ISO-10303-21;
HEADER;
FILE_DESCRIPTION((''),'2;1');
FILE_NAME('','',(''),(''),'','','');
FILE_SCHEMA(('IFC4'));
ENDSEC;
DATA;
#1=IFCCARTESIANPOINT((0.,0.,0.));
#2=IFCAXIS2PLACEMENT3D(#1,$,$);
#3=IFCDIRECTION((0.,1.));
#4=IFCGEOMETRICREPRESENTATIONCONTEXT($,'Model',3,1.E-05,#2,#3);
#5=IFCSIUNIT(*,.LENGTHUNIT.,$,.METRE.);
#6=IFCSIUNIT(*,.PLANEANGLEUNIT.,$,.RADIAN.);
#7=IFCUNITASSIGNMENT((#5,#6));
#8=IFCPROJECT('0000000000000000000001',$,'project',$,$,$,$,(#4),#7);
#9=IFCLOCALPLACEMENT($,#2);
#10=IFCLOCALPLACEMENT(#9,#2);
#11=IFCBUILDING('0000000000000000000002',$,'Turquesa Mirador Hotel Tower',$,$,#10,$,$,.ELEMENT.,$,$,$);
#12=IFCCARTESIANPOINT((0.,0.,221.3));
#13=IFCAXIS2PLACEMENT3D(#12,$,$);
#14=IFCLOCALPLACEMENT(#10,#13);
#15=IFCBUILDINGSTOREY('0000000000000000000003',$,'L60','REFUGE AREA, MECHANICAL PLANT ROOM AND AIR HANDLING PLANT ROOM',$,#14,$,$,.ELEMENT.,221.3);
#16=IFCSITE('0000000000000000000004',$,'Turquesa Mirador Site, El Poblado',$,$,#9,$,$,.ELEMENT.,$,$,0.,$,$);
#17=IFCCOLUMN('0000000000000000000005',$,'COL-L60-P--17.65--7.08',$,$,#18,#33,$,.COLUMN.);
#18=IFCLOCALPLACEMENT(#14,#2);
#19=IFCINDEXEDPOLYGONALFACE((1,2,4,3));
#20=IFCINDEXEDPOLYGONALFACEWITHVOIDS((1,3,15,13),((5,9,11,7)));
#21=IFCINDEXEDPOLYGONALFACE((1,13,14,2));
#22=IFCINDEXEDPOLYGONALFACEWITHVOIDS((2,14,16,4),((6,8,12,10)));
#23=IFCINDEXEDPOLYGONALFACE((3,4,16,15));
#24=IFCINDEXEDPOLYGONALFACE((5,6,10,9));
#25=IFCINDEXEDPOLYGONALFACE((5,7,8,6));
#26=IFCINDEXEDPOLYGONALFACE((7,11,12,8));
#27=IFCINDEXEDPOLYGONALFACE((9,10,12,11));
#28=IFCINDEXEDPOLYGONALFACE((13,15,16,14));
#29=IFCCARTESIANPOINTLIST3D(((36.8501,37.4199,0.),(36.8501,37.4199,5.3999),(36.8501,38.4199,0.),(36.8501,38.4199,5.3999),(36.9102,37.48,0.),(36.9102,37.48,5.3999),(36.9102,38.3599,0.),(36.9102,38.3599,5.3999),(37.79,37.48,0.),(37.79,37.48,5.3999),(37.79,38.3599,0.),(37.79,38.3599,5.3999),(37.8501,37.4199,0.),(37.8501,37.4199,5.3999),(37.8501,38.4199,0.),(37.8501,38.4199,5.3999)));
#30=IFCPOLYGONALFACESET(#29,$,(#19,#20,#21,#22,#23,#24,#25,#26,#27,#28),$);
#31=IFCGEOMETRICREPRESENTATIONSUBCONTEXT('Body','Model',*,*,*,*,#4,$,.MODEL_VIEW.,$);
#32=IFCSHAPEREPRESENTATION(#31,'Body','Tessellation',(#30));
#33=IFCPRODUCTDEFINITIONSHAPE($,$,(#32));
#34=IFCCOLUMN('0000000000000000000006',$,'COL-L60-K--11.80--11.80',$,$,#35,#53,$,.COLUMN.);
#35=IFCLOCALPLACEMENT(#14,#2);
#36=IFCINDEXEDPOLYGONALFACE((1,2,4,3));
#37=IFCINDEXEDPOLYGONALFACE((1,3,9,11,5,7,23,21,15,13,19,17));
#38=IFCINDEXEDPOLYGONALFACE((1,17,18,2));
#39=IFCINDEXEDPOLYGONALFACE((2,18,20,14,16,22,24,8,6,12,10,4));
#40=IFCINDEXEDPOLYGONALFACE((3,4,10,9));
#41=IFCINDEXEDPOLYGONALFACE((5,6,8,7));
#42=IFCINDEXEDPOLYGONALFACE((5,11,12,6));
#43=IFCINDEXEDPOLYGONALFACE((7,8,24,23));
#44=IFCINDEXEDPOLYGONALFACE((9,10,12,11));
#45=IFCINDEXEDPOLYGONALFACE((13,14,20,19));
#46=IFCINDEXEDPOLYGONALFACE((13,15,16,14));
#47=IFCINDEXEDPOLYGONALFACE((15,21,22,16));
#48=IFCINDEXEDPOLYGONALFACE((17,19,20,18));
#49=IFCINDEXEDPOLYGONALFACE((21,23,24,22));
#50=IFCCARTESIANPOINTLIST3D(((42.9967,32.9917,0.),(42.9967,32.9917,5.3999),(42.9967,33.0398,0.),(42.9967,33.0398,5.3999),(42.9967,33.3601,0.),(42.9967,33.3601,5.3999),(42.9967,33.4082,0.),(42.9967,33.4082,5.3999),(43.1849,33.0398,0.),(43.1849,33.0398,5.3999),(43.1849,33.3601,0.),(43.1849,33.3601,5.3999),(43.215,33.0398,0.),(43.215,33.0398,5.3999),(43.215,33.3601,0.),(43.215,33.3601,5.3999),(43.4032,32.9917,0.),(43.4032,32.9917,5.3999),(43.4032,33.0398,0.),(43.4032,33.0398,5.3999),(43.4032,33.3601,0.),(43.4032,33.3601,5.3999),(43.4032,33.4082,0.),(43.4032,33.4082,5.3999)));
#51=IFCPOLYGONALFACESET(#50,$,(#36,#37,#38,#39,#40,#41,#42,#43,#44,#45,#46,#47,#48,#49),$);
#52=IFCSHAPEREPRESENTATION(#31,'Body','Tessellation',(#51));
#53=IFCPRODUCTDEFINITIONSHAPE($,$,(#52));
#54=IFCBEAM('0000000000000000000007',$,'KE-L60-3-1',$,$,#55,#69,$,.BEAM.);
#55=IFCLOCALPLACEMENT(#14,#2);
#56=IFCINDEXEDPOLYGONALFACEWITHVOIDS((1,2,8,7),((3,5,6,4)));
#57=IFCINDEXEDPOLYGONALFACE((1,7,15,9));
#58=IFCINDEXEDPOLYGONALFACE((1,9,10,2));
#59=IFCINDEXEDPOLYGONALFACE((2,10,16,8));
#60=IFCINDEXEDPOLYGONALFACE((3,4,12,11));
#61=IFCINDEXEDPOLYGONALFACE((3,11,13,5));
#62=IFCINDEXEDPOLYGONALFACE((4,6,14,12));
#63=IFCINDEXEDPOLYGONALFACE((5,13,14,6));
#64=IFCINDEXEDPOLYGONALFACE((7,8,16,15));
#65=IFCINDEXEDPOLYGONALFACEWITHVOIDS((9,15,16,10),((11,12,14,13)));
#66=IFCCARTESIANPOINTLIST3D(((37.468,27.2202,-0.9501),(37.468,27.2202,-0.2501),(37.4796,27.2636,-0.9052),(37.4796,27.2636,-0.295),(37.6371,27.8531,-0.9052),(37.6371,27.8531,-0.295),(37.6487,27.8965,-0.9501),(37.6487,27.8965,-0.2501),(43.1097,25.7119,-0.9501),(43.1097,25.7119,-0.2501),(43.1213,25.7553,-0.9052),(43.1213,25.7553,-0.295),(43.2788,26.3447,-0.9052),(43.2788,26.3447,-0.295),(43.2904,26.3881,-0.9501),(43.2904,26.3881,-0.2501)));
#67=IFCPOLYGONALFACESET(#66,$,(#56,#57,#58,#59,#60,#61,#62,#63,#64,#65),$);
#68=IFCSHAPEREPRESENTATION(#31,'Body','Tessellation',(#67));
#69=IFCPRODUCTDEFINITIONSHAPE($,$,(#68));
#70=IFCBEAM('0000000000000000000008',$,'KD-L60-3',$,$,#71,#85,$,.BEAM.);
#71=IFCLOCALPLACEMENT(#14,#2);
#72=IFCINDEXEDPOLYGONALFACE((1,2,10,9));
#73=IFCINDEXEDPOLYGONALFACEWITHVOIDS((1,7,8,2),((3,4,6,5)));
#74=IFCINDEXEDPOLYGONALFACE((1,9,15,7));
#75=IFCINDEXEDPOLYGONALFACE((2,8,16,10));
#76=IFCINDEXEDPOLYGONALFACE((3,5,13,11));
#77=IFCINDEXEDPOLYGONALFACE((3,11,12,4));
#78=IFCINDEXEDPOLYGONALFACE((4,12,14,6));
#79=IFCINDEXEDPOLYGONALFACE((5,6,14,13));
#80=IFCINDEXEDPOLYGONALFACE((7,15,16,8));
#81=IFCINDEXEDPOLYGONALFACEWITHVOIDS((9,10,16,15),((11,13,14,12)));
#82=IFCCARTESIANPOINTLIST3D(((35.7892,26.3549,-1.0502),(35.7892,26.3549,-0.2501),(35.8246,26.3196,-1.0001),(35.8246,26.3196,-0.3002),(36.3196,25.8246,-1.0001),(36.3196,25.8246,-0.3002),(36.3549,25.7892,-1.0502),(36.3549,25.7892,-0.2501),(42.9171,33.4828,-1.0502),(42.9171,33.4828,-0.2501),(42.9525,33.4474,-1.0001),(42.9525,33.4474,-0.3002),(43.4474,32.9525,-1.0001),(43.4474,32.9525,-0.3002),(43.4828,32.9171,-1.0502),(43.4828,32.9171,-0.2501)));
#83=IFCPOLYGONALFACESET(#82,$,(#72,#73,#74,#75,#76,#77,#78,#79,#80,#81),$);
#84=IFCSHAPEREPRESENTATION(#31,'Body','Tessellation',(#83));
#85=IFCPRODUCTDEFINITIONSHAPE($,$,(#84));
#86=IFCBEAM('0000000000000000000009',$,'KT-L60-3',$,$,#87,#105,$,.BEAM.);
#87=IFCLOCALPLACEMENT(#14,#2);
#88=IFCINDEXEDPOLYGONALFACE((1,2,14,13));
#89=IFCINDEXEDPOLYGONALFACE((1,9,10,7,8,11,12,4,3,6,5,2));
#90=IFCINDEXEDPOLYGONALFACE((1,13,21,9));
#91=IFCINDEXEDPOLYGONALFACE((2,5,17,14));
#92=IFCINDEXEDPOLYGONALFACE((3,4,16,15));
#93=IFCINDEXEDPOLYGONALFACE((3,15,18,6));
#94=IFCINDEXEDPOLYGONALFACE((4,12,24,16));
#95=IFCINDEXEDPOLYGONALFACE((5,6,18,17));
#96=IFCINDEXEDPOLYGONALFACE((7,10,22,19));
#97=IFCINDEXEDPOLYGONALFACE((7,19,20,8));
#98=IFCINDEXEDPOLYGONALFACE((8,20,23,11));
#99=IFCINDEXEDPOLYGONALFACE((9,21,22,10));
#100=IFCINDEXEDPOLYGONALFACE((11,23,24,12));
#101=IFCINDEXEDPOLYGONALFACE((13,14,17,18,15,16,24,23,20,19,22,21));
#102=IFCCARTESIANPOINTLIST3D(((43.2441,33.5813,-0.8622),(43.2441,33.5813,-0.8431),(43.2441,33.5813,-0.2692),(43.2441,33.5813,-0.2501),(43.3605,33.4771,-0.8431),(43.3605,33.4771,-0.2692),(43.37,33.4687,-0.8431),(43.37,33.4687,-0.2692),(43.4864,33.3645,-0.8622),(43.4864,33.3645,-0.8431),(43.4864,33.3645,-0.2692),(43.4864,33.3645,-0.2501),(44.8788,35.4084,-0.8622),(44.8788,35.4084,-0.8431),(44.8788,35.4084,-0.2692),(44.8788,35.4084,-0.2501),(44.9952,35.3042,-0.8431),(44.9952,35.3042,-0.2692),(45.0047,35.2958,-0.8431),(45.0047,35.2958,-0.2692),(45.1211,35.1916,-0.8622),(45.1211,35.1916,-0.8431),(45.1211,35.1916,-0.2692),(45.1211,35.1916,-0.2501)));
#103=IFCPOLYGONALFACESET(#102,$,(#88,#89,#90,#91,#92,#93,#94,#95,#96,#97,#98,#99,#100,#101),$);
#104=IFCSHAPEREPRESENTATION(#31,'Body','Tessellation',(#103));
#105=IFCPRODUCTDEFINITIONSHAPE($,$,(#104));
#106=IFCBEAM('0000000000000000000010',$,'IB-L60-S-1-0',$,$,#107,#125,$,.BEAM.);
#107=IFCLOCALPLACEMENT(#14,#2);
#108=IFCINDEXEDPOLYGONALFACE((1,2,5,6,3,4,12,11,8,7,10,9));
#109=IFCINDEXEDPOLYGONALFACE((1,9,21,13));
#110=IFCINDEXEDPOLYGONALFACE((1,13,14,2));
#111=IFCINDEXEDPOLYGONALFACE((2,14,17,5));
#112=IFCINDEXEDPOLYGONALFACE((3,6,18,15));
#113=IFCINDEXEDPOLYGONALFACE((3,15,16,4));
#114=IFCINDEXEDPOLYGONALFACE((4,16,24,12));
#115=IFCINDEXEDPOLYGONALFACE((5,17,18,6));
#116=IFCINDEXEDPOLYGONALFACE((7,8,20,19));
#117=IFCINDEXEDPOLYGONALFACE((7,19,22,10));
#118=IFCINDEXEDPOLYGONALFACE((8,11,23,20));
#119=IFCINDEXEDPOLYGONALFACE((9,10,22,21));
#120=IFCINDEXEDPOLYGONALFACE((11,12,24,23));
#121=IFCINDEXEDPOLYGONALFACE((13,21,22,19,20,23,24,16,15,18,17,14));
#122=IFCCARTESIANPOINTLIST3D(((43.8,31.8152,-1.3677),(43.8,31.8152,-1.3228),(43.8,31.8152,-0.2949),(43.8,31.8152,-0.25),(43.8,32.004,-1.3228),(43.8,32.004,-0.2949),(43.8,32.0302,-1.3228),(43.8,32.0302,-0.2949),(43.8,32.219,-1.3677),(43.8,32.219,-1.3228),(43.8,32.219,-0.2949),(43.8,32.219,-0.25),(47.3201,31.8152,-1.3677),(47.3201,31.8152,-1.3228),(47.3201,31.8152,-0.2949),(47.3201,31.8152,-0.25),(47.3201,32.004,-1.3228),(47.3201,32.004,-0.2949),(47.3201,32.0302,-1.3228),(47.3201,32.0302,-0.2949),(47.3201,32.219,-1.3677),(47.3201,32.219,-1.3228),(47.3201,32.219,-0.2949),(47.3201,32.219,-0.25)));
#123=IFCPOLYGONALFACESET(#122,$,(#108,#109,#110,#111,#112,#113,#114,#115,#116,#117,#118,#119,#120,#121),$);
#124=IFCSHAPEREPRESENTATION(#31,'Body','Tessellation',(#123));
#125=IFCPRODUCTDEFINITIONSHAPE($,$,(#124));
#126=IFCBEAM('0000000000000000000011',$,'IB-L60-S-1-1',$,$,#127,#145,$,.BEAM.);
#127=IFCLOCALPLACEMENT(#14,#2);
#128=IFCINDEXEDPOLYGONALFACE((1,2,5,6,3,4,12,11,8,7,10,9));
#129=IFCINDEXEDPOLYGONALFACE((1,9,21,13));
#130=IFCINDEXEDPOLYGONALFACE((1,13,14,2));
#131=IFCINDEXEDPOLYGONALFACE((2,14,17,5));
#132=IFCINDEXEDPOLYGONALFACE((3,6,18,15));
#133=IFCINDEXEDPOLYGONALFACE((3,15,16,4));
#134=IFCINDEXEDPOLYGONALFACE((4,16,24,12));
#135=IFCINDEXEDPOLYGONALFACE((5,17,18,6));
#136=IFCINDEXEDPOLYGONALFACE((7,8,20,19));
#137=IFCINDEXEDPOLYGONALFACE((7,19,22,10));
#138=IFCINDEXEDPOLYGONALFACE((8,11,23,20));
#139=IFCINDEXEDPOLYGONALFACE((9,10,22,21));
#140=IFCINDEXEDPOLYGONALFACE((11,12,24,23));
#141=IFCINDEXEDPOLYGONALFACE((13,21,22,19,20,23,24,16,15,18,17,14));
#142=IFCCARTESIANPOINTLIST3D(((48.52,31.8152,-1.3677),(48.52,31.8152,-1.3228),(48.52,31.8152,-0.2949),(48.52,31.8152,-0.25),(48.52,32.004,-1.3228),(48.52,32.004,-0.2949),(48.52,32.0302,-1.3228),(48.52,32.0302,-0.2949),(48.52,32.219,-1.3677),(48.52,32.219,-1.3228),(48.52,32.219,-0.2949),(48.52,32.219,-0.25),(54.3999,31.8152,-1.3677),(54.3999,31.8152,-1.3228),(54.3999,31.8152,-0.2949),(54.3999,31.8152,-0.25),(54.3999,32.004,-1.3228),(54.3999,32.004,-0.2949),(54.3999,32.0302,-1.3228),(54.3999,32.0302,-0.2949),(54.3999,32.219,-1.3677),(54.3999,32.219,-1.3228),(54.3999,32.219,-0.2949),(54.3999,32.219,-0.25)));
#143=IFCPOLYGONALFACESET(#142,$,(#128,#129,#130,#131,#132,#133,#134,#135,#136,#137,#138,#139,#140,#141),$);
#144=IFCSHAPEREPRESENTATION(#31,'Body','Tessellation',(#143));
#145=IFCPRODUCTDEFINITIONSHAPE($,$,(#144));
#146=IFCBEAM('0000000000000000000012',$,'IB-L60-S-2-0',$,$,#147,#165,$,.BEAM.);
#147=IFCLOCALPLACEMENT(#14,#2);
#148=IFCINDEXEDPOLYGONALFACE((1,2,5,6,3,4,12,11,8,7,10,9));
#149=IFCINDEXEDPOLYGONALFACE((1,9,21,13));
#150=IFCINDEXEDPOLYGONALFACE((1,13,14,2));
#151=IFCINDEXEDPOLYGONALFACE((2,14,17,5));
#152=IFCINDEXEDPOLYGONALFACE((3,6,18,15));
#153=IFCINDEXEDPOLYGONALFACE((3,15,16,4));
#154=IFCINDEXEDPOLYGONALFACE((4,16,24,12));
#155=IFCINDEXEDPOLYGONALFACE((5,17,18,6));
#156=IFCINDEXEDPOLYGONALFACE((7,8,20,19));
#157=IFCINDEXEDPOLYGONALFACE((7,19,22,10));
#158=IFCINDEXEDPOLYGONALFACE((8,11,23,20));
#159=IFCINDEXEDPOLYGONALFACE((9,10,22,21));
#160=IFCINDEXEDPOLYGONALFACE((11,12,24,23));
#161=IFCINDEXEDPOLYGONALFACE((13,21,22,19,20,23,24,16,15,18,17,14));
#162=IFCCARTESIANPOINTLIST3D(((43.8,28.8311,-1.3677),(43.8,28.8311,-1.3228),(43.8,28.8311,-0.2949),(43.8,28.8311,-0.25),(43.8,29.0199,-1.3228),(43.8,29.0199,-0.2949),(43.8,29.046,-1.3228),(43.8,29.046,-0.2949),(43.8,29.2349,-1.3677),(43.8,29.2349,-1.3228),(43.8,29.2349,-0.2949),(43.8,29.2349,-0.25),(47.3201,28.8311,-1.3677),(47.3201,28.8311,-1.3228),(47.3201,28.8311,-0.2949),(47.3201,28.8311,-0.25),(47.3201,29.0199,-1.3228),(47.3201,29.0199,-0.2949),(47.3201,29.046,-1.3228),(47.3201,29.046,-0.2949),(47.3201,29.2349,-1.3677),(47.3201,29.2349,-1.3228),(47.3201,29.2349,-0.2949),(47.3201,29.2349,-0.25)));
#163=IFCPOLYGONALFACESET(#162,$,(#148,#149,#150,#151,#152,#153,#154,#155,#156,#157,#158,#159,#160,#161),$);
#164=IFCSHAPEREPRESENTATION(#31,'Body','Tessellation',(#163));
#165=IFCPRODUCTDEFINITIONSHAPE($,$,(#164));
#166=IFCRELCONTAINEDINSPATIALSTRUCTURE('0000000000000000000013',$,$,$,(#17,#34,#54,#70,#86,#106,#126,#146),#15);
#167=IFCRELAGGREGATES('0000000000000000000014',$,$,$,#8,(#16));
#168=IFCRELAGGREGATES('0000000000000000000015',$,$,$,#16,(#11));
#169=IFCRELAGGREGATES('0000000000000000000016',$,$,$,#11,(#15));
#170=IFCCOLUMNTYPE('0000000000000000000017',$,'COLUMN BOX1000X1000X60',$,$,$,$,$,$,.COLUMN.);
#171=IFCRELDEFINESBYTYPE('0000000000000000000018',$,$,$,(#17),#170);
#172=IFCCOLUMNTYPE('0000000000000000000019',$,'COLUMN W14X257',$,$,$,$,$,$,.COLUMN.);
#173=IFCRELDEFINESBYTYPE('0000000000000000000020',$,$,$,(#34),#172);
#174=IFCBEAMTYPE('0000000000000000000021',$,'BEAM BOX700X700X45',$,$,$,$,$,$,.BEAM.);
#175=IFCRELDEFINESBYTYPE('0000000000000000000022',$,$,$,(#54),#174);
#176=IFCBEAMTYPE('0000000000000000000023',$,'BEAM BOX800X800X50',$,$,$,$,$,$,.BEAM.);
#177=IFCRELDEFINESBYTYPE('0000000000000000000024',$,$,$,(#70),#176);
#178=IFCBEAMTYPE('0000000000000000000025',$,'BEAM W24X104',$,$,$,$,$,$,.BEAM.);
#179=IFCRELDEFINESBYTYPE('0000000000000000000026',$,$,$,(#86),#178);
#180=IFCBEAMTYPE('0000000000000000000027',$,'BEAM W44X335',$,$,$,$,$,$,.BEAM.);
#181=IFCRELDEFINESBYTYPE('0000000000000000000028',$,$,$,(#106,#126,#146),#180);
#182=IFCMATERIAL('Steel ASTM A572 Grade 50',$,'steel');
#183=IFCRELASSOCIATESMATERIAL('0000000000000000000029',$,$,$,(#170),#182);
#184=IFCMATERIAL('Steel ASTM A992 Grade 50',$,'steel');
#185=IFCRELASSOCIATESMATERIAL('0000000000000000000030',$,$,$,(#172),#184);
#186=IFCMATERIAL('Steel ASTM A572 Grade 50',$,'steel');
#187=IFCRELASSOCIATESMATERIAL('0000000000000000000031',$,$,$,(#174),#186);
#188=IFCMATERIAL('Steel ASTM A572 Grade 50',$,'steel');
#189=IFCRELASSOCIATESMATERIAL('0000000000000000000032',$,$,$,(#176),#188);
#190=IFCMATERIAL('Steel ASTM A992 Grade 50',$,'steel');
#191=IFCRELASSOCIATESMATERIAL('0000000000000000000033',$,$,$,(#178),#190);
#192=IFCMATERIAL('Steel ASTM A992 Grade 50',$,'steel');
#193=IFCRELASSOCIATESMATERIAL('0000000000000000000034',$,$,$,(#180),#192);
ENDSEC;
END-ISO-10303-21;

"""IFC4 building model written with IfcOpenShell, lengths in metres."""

from ifc_helpers import new_model, si_unit, direction, frame, origin, origin_2d, place, context, subcontext, project, spatial, hollow_rectangle, i_section, extrude, material, material_profile, profile_set, type_object, element, save


model = new_model("IFC4")

# Units and contexts
model_context = context("Model", 3, precision=1e-05, world=origin(), true_north=direction((0.0, 1.0)))
body_context = subcontext(model_context, "Body", "Model", "MODEL_VIEW")
ifc_project = project(units=[si_unit("LENGTHUNIT", "METRE"), si_unit("PLANEANGLEUNIT", "RADIAN")], contexts=[model_context])

# Site, building, storey
site_placement = place(None, origin())
site = spatial("IfcSite", under=ifc_project, at=site_placement, Name="Turquesa Mirador Site, El Poblado", CompositionType="ELEMENT", RefElevation=0.0)
building_placement = place(site_placement, origin())
building = spatial("IfcBuilding", under=site, at=building_placement, Name="Turquesa Mirador Hotel Tower", CompositionType="ELEMENT")
storey_placement = place(building_placement, frame((0.0, 0.0, 221.3)))
storey = spatial("IfcBuildingStorey", under=building, at=storey_placement, Name="L60", Description="REFUGE AREA, MECHANICAL PLANT ROOM AND AIR HANDLING PLANT ROOM", CompositionType="ELEMENT", Elevation=221.3)

# Columns
ifc_material_1 = material(Name="Steel ASTM A572 Grade 50", Category="steel")
ifc_material_profile_1 = material_profile(ifc_material_1, hollow_rectangle(XDim=1.0, YDim=1.0, WallThickness=0.0601, at=origin_2d()), Name="BOX1000X1000X60")
ifc_profile_set_1 = profile_set([ifc_material_profile_1], Name="Steel ASTM A572 Grade 50")
column_type_1 = type_object("IfcColumnType", Name="COLUMN BOX1000X1000X60", PredefinedType="COLUMN", material=ifc_profile_set_1)
column_1_placement = place(storey_placement, frame((37.3501, 37.9199, 0.0), z_axis=(0.0, 0.0, 1.0), x_axis=(1.0, 0.0, 0.0)))
element("IfcColumn", 1, at=column_1_placement, inside=storey, type_object=column_type_1, Name="COL-L60-P--17.65--7.08", PredefinedType="COLUMN", context=body_context, shape_type="SweptSolid", body=[
    extrude(hollow_rectangle(XDim=1.0, YDim=1.0, WallThickness=0.0601, at=origin_2d()), origin(), (0.0, 0.0, 1.0), 5.3999),
])
ifc_material_2 = material(Name="Steel ASTM A992 Grade 50", Category="steel")
ifc_material_profile_2 = material_profile(ifc_material_2, i_section(OverallWidth=0.4065, OverallDepth=0.4165, WebThickness=0.03, FlangeThickness=0.0481, at=origin_2d()), Name="W14X257")
ifc_profile_set_2 = profile_set([ifc_material_profile_2], Name="Steel ASTM A992 Grade 50")
column_type_2 = type_object("IfcColumnType", Name="COLUMN W14X257", PredefinedType="COLUMN", material=ifc_profile_set_2)
column_2_placement = place(storey_placement, frame((43.2, 33.2, 0.0), z_axis=(0.0, 0.0, 1.0), x_axis=(1.0, 0.0, 0.0)))
element("IfcColumn", 2, at=column_2_placement, inside=storey, type_object=column_type_2, Name="COL-L60-K--11.80--11.80", PredefinedType="COLUMN", context=body_context, shape_type="SweptSolid", body=[
    extrude(i_section(OverallWidth=0.4065, OverallDepth=0.4165, WebThickness=0.03, FlangeThickness=0.0481, at=origin_2d()), origin(), (0.0, 0.0, 1.0), 5.3999),
])

# Beams
ifc_material_3 = material(Name="Steel ASTM A572 Grade 50", Category="steel")
ifc_material_profile_3 = material_profile(ifc_material_3, hollow_rectangle(XDim=0.7, YDim=0.7, WallThickness=0.0449, at=origin_2d()), Name="BOX700X700X45")
ifc_profile_set_3 = profile_set([ifc_material_profile_3], Name="Steel ASTM A572 Grade 50")
beam_type_1 = type_object("IfcBeamType", Name="BEAM BOX700X700X45", PredefinedType="BEAM", material=ifc_profile_set_3)
beam_1_placement = place(storey_placement, frame((37.5583, 27.5583, -0.6001), z_axis=(0.96607, -0.258282, 0.0), x_axis=(0.258282, 0.96607, 0.0)))
element("IfcBeam", 3, at=beam_1_placement, inside=storey, type_object=beam_type_1, Name="KE-L60-3-1", PredefinedType="BEAM", context=body_context, shape_type="SweptSolid", body=[
    extrude(hollow_rectangle(XDim=0.7, YDim=0.7, WallThickness=0.0449, at=origin_2d()), origin(), (0.0, 0.0, 1.0), 5.8398),
])
ifc_material_4 = material(Name="Steel ASTM A572 Grade 50", Category="steel")
ifc_material_profile_4 = material_profile(ifc_material_4, hollow_rectangle(XDim=0.8, YDim=0.8, WallThickness=0.05, at=origin_2d()), Name="BOX800X800X50")
ifc_profile_set_4 = profile_set([ifc_material_profile_4], Name="Steel ASTM A572 Grade 50")
beam_type_2 = type_object("IfcBeamType", Name="BEAM BOX800X800X50", PredefinedType="BEAM", material=ifc_profile_set_4)
beam_2_placement = place(storey_placement, frame((43.2, 33.2, -0.6501), z_axis=(-0.707107, -0.707107, 0.0), x_axis=(0.707107, -0.707107, 0.0)))
element("IfcBeam", 4, at=beam_2_placement, inside=storey, type_object=beam_type_2, Name="KD-L60-3", PredefinedType="BEAM", context=body_context, shape_type="SweptSolid", body=[
    extrude(hollow_rectangle(XDim=0.8, YDim=0.8, WallThickness=0.05, at=origin_2d()), origin(), (0.0, 0.0, 1.0), 10.0803),
])
ifc_material_5 = material(Name="Steel ASTM A992 Grade 50", Category="steel")
ifc_material_profile_5 = material_profile(ifc_material_5, i_section(OverallWidth=0.3252, OverallDepth=0.6121, WebThickness=0.0127, FlangeThickness=0.019, at=origin_2d()), Name="W24X104")
ifc_profile_set_5 = profile_set([ifc_material_profile_5], Name="Steel ASTM A992 Grade 50")
beam_type_3 = type_object("IfcBeamType", Name="BEAM W24X104", PredefinedType="BEAM", material=ifc_profile_set_5)
beam_3_placement = place(storey_placement, frame((43.3652, 33.4729, -0.5562), z_axis=(0.666783, 0.745252, 0.0), x_axis=(-0.745252, 0.666783, 0.0)))
element("IfcBeam", 5, at=beam_3_placement, inside=storey, type_object=beam_type_3, Name="KT-L60-3", PredefinedType="BEAM", context=body_context, shape_type="SweptSolid", body=[
    extrude(i_section(OverallWidth=0.3252, OverallDepth=0.6121, WebThickness=0.0127, FlangeThickness=0.019, at=origin_2d()), origin(), (0.0, 0.0, 1.0), 2.4517),
])
ifc_material_6 = material(Name="Steel ASTM A992 Grade 50", Category="steel")
ifc_material_profile_6 = material_profile(ifc_material_6, i_section(OverallWidth=0.4038, OverallDepth=1.1177, WebThickness=0.0261, FlangeThickness=0.0449, at=origin_2d()), Name="W44X335")
ifc_profile_set_6 = profile_set([ifc_material_profile_6], Name="Steel ASTM A992 Grade 50")
beam_type_4 = type_object("IfcBeamType", Name="BEAM W44X335", PredefinedType="BEAM", material=ifc_profile_set_6)
beam_4_placement = place(storey_placement, frame((43.8, 32.0171, -0.8088), z_axis=(1.0, 0.0, 0.0), x_axis=(0.0, 1.0, 0.0)))
element("IfcBeam", 6, at=beam_4_placement, inside=storey, type_object=beam_type_4, Name="IB-L60-S-1-0", PredefinedType="BEAM", context=body_context, shape_type="SweptSolid", body=[
    extrude(i_section(OverallWidth=0.4038, OverallDepth=1.1177, WebThickness=0.0261, FlangeThickness=0.0449, at=origin_2d()), origin(), (0.0, 0.0, 1.0), 3.52),
])
beam_5_placement = place(storey_placement, frame((48.52, 32.0171, -0.8088), z_axis=(1.0, 0.0, 0.0), x_axis=(0.0, 1.0, 0.0)))
element("IfcBeam", 7, at=beam_5_placement, inside=storey, type_object=beam_type_4, Name="IB-L60-S-1-1", PredefinedType="BEAM", context=body_context, shape_type="SweptSolid", body=[
    extrude(i_section(OverallWidth=0.4038, OverallDepth=1.1177, WebThickness=0.0261, FlangeThickness=0.0449, at=origin_2d()), origin(), (0.0, 0.0, 1.0), 5.8799),
])
beam_6_placement = place(storey_placement, frame((43.8, 29.033, -0.8088), z_axis=(1.0, 0.0, 0.0), x_axis=(0.0, 1.0, 0.0)))
element("IfcBeam", 8, at=beam_6_placement, inside=storey, type_object=beam_type_4, Name="IB-L60-S-2-0", PredefinedType="BEAM", context=body_context, shape_type="SweptSolid", body=[
    extrude(i_section(OverallWidth=0.4038, OverallDepth=1.1177, WebThickness=0.0261, FlangeThickness=0.0449, at=origin_2d()), origin(), (0.0, 0.0, 1.0), 3.52),
])

save(model, "model.ifc")
